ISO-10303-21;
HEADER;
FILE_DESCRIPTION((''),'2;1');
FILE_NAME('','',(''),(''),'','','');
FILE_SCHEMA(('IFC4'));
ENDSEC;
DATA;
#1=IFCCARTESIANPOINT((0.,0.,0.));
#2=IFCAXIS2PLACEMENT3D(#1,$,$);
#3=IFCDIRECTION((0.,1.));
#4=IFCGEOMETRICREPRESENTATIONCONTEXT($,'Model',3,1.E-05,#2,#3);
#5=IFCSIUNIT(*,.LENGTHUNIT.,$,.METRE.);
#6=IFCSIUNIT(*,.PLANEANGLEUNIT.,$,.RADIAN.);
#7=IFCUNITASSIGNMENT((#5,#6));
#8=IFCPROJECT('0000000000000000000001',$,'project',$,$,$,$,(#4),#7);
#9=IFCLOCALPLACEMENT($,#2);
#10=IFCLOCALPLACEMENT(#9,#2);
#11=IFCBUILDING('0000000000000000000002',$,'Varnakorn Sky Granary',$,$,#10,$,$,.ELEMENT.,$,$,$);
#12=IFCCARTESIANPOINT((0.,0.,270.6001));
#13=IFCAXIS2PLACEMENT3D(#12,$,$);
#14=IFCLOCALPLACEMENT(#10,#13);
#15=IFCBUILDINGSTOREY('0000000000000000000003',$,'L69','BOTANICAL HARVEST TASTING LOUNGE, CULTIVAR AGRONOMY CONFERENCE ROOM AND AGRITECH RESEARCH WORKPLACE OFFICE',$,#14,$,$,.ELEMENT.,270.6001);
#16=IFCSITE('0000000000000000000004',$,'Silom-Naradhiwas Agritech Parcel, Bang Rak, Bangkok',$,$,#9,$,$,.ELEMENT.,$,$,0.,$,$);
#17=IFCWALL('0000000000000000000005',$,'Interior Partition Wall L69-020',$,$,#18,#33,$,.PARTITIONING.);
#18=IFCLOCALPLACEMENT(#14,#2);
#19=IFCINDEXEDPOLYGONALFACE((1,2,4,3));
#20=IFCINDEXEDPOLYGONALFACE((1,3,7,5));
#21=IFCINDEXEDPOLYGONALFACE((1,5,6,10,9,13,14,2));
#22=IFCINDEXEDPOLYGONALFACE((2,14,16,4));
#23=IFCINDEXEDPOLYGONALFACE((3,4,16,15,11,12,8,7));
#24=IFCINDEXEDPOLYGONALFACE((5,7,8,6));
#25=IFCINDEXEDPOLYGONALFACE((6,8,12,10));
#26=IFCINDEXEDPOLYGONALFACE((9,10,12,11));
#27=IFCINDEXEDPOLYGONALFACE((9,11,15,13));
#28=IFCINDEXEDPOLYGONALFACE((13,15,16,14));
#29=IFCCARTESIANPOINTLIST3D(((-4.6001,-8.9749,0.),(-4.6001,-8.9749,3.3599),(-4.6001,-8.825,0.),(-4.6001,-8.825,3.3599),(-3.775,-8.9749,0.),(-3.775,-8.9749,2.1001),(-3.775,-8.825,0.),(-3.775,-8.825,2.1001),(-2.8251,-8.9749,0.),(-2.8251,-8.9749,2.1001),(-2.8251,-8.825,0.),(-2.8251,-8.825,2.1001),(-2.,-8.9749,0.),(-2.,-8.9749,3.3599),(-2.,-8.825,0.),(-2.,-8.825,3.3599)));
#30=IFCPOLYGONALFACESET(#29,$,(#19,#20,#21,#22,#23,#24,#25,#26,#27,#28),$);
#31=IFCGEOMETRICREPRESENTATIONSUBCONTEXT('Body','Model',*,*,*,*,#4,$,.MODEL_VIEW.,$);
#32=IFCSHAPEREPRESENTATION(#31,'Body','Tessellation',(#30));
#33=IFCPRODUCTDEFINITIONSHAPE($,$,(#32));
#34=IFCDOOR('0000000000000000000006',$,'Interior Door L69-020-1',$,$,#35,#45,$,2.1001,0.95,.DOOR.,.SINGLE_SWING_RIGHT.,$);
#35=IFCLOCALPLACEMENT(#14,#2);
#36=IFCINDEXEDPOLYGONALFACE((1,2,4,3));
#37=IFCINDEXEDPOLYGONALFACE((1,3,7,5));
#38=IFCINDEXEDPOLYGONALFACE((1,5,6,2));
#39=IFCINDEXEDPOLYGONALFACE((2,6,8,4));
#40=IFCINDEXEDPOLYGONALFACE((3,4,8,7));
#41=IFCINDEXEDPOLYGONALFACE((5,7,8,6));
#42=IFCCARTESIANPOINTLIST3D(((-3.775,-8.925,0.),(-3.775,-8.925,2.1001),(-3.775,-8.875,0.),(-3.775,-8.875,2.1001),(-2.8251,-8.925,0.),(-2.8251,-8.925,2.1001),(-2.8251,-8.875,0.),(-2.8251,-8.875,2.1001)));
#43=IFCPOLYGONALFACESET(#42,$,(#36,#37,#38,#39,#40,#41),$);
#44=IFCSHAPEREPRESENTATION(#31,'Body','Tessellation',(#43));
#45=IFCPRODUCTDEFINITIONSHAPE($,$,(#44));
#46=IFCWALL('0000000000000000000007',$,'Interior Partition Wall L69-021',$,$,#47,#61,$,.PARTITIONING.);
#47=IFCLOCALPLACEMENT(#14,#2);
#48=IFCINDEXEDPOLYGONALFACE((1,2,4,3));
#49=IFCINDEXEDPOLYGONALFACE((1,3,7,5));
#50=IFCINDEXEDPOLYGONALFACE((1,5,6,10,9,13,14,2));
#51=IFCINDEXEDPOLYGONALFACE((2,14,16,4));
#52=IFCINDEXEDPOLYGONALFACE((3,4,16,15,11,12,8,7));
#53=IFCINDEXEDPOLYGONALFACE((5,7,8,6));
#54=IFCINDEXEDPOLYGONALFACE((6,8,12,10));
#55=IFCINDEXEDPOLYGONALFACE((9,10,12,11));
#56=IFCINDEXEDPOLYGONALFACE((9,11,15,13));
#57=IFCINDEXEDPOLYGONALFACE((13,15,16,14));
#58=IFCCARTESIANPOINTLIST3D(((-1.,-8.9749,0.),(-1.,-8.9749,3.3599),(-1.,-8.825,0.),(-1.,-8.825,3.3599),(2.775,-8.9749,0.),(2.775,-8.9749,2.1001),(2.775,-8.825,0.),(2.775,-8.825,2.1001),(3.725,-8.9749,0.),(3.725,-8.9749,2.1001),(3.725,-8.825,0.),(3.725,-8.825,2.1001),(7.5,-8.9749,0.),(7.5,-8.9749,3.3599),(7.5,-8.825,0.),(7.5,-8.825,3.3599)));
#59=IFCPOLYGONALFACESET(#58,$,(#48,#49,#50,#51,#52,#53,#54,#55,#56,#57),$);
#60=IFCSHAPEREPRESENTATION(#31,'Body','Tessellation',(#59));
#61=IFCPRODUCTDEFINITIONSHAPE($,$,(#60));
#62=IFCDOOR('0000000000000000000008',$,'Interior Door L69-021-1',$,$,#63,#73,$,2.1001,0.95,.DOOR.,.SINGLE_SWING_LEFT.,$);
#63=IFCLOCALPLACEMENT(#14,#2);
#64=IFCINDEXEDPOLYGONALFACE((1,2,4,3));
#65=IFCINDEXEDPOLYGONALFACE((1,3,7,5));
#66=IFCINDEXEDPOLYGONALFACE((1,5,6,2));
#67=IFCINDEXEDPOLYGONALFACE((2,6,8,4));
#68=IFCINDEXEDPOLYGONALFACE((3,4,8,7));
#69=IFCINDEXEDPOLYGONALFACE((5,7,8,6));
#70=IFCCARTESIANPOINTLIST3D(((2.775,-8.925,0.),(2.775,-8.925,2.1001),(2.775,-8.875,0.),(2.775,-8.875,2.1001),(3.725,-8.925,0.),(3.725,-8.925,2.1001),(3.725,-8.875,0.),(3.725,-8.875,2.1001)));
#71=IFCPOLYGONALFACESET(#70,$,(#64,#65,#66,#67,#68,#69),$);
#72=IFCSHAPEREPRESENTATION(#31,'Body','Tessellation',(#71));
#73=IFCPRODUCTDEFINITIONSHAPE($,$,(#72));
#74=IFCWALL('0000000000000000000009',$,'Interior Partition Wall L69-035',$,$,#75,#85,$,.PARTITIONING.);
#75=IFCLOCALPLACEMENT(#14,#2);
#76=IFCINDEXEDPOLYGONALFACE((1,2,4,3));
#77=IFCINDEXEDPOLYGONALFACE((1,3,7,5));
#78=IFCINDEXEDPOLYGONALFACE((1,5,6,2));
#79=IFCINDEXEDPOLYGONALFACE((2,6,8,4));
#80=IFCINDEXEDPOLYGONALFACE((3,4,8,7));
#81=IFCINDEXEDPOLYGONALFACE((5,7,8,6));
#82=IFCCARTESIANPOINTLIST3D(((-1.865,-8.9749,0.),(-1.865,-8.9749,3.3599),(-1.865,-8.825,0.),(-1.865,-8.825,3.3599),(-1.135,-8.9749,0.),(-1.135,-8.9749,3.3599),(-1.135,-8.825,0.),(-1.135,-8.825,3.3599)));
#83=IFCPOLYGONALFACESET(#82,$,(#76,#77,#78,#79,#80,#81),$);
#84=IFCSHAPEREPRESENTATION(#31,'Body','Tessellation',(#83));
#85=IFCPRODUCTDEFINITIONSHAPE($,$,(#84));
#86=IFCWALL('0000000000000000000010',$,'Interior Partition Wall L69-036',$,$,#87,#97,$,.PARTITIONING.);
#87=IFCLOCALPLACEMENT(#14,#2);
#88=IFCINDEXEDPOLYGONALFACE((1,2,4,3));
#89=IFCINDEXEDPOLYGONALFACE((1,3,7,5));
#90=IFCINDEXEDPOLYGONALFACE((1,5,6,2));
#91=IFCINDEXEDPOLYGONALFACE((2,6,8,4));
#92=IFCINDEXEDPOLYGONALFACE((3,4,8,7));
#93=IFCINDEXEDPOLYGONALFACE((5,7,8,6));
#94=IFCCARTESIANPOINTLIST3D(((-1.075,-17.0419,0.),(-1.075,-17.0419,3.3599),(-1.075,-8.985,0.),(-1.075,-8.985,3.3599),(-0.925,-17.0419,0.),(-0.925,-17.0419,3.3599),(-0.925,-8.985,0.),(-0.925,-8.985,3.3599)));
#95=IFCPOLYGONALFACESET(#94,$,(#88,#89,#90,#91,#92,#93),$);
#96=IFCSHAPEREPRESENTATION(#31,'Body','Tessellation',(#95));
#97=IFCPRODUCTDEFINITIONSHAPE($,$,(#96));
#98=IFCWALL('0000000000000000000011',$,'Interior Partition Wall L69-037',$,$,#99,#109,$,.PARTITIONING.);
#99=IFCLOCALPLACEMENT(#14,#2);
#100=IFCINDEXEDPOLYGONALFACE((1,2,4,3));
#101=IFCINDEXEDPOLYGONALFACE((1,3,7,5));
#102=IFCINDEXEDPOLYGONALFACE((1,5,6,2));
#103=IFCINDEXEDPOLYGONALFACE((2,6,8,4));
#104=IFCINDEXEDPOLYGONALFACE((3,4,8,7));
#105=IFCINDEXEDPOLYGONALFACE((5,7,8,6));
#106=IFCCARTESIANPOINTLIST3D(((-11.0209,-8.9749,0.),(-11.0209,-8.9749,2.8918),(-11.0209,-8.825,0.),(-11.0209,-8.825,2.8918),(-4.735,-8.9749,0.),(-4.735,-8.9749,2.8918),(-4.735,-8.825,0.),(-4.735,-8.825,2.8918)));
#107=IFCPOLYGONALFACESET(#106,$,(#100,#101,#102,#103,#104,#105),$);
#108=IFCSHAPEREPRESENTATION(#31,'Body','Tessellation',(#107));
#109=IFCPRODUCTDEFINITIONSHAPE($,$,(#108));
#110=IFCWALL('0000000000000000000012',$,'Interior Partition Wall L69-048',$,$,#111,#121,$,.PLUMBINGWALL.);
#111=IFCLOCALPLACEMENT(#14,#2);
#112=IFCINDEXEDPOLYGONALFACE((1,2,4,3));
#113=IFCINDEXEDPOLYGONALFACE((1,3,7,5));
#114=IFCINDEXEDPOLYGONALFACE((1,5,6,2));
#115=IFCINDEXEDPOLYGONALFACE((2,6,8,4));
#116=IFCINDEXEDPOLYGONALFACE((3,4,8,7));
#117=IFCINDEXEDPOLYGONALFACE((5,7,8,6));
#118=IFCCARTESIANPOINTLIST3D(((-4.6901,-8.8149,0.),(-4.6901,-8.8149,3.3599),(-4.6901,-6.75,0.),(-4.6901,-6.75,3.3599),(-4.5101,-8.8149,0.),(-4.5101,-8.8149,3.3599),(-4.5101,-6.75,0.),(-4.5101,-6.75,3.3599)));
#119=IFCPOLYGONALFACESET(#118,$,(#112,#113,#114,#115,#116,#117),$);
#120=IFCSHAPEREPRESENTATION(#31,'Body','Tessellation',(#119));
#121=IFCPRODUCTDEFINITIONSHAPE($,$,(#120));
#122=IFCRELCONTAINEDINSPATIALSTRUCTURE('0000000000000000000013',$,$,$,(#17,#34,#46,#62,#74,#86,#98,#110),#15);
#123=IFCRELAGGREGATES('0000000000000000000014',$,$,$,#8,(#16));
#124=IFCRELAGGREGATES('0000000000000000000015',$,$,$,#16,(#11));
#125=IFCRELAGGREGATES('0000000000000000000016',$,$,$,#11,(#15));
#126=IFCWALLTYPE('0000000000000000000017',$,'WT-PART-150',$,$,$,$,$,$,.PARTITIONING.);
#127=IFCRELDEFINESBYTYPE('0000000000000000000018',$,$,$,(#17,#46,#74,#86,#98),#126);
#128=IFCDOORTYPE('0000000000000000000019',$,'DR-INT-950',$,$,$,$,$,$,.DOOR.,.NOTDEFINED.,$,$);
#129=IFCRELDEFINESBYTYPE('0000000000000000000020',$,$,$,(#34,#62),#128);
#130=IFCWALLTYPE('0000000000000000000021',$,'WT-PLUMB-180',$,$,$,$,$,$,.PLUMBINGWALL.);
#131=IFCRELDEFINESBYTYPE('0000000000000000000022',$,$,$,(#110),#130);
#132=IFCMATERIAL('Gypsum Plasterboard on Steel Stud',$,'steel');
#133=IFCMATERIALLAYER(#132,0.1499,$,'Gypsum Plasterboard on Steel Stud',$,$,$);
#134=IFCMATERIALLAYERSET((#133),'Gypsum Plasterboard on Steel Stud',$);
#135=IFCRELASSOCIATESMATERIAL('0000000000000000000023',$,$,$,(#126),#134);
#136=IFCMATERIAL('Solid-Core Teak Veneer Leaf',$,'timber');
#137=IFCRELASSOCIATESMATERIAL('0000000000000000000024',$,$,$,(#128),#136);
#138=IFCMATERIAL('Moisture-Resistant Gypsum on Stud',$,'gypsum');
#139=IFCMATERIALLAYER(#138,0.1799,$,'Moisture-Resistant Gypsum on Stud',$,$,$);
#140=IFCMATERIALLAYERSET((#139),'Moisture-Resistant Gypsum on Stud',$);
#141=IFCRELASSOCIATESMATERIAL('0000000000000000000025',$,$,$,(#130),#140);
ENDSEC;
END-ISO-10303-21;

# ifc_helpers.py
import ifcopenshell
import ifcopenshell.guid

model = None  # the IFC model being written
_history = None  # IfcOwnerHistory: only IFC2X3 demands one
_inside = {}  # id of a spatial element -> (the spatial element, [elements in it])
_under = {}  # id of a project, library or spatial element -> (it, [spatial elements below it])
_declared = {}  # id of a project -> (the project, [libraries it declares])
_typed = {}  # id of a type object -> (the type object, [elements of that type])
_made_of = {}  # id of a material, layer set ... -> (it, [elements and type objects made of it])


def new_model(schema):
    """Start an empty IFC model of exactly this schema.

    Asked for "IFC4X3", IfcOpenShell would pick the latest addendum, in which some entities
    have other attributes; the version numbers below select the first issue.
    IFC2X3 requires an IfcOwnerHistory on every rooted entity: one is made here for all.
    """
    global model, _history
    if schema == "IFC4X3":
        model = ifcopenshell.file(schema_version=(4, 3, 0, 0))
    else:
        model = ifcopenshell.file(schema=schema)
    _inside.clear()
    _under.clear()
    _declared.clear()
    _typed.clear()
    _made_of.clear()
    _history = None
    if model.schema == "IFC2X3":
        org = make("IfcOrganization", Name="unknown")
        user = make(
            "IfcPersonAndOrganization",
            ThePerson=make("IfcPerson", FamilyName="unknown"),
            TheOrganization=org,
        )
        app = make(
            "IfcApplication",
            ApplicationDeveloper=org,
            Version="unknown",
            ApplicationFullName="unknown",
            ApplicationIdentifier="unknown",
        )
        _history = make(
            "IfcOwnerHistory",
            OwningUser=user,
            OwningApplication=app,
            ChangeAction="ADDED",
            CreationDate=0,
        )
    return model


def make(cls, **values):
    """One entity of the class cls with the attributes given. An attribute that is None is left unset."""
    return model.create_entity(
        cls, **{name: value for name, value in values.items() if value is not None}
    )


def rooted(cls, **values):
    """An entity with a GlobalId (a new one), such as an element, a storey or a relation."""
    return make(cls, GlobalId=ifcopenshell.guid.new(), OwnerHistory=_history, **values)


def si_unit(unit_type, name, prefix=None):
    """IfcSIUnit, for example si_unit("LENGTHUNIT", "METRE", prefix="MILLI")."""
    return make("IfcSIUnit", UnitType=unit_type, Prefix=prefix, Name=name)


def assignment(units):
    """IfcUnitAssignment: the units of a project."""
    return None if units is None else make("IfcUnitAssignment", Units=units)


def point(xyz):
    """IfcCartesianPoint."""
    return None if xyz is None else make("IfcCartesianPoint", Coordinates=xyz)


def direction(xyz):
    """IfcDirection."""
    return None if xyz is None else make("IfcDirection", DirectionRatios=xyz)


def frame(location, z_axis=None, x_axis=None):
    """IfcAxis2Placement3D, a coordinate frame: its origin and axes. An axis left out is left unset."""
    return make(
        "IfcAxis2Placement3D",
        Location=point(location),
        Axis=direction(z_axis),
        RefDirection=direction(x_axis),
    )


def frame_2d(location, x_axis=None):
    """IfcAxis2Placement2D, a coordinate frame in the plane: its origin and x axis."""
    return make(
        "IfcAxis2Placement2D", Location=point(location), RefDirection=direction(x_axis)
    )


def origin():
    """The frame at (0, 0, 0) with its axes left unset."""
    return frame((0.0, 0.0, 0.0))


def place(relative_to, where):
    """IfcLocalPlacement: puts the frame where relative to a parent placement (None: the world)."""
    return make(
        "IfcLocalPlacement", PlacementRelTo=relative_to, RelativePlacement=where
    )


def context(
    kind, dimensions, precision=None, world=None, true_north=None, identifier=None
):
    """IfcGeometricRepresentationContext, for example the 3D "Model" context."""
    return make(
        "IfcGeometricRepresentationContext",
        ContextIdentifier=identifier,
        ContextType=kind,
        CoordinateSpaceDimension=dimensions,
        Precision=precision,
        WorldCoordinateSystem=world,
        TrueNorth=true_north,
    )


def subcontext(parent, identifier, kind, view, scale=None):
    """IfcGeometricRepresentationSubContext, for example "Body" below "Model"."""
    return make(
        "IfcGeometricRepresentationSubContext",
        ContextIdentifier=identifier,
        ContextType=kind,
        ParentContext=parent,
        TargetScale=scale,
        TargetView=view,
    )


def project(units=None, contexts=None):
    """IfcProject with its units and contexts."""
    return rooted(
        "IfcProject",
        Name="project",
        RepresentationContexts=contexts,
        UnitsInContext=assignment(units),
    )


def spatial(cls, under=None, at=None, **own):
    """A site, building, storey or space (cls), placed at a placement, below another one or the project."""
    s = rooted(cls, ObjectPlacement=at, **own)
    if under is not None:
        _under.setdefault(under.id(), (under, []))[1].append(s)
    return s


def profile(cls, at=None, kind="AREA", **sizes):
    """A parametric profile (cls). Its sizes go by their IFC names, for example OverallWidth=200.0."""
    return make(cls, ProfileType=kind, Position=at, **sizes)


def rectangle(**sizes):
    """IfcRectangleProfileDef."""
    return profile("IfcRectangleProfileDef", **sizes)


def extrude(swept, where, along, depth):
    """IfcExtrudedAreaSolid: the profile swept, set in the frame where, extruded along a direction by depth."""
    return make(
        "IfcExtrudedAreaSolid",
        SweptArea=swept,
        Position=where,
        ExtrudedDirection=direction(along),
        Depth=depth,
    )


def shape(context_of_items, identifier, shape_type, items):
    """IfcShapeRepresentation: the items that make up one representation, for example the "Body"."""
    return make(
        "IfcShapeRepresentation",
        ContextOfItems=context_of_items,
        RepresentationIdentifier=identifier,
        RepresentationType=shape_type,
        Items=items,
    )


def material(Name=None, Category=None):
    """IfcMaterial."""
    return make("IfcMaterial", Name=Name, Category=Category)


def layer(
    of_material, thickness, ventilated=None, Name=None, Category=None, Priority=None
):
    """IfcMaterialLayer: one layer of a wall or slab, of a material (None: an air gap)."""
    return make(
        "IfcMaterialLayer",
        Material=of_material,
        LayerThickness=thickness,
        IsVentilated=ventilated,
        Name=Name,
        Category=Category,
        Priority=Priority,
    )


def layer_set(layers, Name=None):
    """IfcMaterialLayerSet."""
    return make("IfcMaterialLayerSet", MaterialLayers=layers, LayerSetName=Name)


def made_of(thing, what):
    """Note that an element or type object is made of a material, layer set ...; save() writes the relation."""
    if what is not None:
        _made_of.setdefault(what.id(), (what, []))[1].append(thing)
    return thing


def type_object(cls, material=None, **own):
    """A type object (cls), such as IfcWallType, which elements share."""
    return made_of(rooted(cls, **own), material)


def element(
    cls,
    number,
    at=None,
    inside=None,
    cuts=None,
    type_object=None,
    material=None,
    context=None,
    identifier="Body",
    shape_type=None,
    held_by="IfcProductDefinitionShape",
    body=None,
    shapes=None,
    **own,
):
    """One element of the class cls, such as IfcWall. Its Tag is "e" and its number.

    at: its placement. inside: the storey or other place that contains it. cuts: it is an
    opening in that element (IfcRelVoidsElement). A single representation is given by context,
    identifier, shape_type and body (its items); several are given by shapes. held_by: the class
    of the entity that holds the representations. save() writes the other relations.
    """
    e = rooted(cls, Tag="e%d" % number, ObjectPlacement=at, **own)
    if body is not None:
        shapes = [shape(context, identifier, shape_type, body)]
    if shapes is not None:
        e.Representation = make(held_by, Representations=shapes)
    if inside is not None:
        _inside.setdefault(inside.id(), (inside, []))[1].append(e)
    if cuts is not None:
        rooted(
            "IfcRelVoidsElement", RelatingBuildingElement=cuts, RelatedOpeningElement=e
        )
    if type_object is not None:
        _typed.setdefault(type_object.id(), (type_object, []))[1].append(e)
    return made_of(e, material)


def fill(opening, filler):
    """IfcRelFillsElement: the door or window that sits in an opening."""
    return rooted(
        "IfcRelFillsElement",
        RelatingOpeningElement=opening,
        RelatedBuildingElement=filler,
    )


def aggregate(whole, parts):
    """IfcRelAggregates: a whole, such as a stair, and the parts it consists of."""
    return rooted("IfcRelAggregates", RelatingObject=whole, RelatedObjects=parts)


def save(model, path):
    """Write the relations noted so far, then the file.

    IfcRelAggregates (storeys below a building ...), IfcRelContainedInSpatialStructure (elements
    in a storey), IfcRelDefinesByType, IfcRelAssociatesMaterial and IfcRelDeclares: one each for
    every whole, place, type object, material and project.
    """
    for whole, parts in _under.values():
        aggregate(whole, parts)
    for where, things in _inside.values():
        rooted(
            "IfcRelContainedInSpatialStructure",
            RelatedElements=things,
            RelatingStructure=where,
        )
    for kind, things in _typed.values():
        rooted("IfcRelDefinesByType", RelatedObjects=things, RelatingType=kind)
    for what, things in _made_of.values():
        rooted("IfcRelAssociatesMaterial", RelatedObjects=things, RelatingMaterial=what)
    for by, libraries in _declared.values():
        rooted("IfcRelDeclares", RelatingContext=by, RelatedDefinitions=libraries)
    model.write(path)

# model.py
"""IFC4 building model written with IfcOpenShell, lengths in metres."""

from ifc_helpers import new_model, si_unit, direction, frame, frame_2d, origin, place, context, subcontext, project, spatial, rectangle, extrude, material, layer, layer_set, type_object, element, fill, save


model = new_model("IFC4")

# Units and contexts
model_context = context("Model", 3, precision=1e-05, world=origin(), true_north=direction((0.0, 1.0)))
body_context = subcontext(model_context, "Body", "Model", "MODEL_VIEW")
ifc_project = project(units=[si_unit("LENGTHUNIT", "METRE"), si_unit("PLANEANGLEUNIT", "RADIAN")], contexts=[model_context])

# Site, building, storey
site_placement = place(None, origin())
site = spatial("IfcSite", under=ifc_project, at=site_placement, Name="Silom-Naradhiwas Agritech Parcel, Bang Rak, Bangkok", CompositionType="ELEMENT", RefElevation=0.0)
building_placement = place(site_placement, origin())
building = spatial("IfcBuilding", under=site, at=building_placement, Name="Varnakorn Sky Granary", CompositionType="ELEMENT")
storey_placement = place(building_placement, frame((0.0, 0.0, 270.6001)))
storey = spatial("IfcBuildingStorey", under=building, at=storey_placement, Name="L69", Description="BOTANICAL HARVEST TASTING LOUNGE, CULTIVAR AGRONOMY CONFERENCE ROOM AND AGRITECH RESEARCH WORKPLACE OFFICE", CompositionType="ELEMENT", Elevation=270.6001)

# Walls, openings, doors
ifc_material_1 = material(Name="Gypsum Plasterboard on Steel Stud", Category="steel")
ifc_layer_1 = layer(ifc_material_1, 0.1499, Name="Gypsum Plasterboard on Steel Stud")
ifc_layer_set_1 = layer_set([ifc_layer_1], Name="Gypsum Plasterboard on Steel Stud")
wall_type_1 = type_object("IfcWallType", Name="WT-PART-150", PredefinedType="PARTITIONING", material=ifc_layer_set_1)
wall_1_placement = place(storey_placement, frame((-4.6001, -8.8999, 0.0), z_axis=(0.0, 0.0, 1.0), x_axis=(1.0, 0.0, 0.0)))
wall_1 = element("IfcWall", 1, at=wall_1_placement, inside=storey, type_object=wall_type_1, Name="Interior Partition Wall L69-020", PredefinedType="PARTITIONING", context=body_context, shape_type="SweptSolid", body=[
    extrude(rectangle(XDim=2.6001, YDim=0.1499, at=frame_2d((1.3, 0.0))), origin(), (0.0, 0.0, 1.0), 3.3599),
])
opening_1_placement = place(wall_1_placement, frame((0.825, 0.0, 0.0)))
opening_1 = element("IfcOpeningElement", 2, at=opening_1_placement, cuts=wall_1, PredefinedType="OPENING", context=body_context, shape_type="SweptSolid", body=[
    extrude(rectangle(XDim=0.95, YDim=2.1001, at=frame_2d((0.4751, 1.05))), frame((0.0, 0.085, 0.0), z_axis=(0.0, -1.0, 0.0), x_axis=(1.0, 0.0, 0.0)), (0.0, 0.0, 1.0), 0.1699),
])
ifc_material_2 = material(Name="Solid-Core Teak Veneer Leaf", Category="timber")
door_type = type_object("IfcDoorType", Name="DR-INT-950", OperationType="NOTDEFINED", PredefinedType="DOOR", material=ifc_material_2)
door_1_placement = place(opening_1_placement, origin())
door_1 = element("IfcDoor", 3, at=door_1_placement, inside=storey, type_object=door_type, Name="Interior Door L69-020-1", OperationType="SINGLE_SWING_RIGHT", OverallHeight=2.1001, OverallWidth=0.95, PredefinedType="DOOR", context=body_context, shape_type="SweptSolid", body=[
    extrude(rectangle(XDim=0.95, YDim=2.1001, at=frame_2d((0.4751, 1.05))), frame((0.0, 0.0249, 0.0), z_axis=(0.0, -1.0, 0.0), x_axis=(1.0, 0.0, 0.0)), (0.0, 0.0, 1.0), 0.05),
])
fill(opening_1, door_1)
wall_2_placement = place(storey_placement, frame((-1.0, -8.8999, 0.0), z_axis=(0.0, 0.0, 1.0), x_axis=(1.0, 0.0, 0.0)))
wall_2 = element("IfcWall", 4, at=wall_2_placement, inside=storey, type_object=wall_type_1, Name="Interior Partition Wall L69-021", PredefinedType="PARTITIONING", context=body_context, shape_type="SweptSolid", body=[
    extrude(rectangle(XDim=8.5, YDim=0.1499, at=frame_2d((4.25, 0.0))), origin(), (0.0, 0.0, 1.0), 3.3599),
])
opening_2_placement = place(wall_2_placement, frame((3.7749, 0.0, 0.0)))
opening_2 = element("IfcOpeningElement", 5, at=opening_2_placement, cuts=wall_2, PredefinedType="OPENING", context=body_context, shape_type="SweptSolid", body=[
    extrude(rectangle(XDim=0.95, YDim=2.1001, at=frame_2d((0.4751, 1.05))), frame((0.0, 0.085, 0.0), z_axis=(0.0, -1.0, 0.0), x_axis=(1.0, 0.0, 0.0)), (0.0, 0.0, 1.0), 0.1699),
])
door_2_placement = place(opening_2_placement, origin())
door_2 = element("IfcDoor", 6, at=door_2_placement, inside=storey, type_object=door_type, Name="Interior Door L69-021-1", OperationType="SINGLE_SWING_LEFT", OverallHeight=2.1001, OverallWidth=0.95, PredefinedType="DOOR", context=body_context, shape_type="SweptSolid", body=[
    extrude(rectangle(XDim=0.95, YDim=2.1001, at=frame_2d((0.4751, 1.05))), frame((0.0, 0.0249, 0.0), z_axis=(0.0, -1.0, 0.0), x_axis=(1.0, 0.0, 0.0)), (0.0, 0.0, 1.0), 0.05),
])
fill(opening_2, door_2)

# Walls
wall_3_placement = place(storey_placement, frame((-1.865, -8.8999, 0.0), z_axis=(0.0, 0.0, 1.0), x_axis=(1.0, 0.0, 0.0)))
element("IfcWall", 7, at=wall_3_placement, inside=storey, type_object=wall_type_1, Name="Interior Partition Wall L69-035", PredefinedType="PARTITIONING", context=body_context, shape_type="SweptSolid", body=[
    extrude(rectangle(XDim=0.73, YDim=0.1499, at=frame_2d((0.365, 0.0))), origin(), (0.0, 0.0, 1.0), 3.3599),
])
wall_4_placement = place(storey_placement, frame((-1.0, -8.9851, 0.0), z_axis=(0.0, 0.0, 1.0), x_axis=(0.0, -1.0, 0.0)))
element("IfcWall", 8, at=wall_4_placement, inside=storey, type_object=wall_type_1, Name="Interior Partition Wall L69-036", PredefinedType="PARTITIONING", context=body_context, shape_type="SweptSolid", body=[
    extrude(rectangle(XDim=8.0569, YDim=0.1499, at=frame_2d((4.0283, 0.0))), origin(), (0.0, 0.0, 1.0), 3.3599),
])
wall_5_placement = place(storey_placement, frame((-11.021, -8.8999, 0.0), z_axis=(0.0, 0.0, 1.0), x_axis=(1.0, 0.0, 0.0)))
element("IfcWall", 9, at=wall_5_placement, inside=storey, type_object=wall_type_1, Name="Interior Partition Wall L69-037", PredefinedType="PARTITIONING", context=body_context, shape_type="SweptSolid", body=[
    extrude(rectangle(XDim=6.2859, YDim=0.1499, at=frame_2d((3.1431, 0.0))), origin(), (0.0, 0.0, 1.0), 2.8918),
])
ifc_material_3 = material(Name="Moisture-Resistant Gypsum on Stud", Category="gypsum")
ifc_layer_2 = layer(ifc_material_3, 0.1799, Name="Moisture-Resistant Gypsum on Stud")
ifc_layer_set_2 = layer_set([ifc_layer_2], Name="Moisture-Resistant Gypsum on Stud")
wall_type_2 = type_object("IfcWallType", Name="WT-PLUMB-180", PredefinedType="PLUMBINGWALL", material=ifc_layer_set_2)
wall_6_placement = place(storey_placement, frame((-4.6001, -6.75, 0.0), z_axis=(0.0, 0.0, 1.0), x_axis=(0.0, -1.0, 0.0)))
element("IfcWall", 10, at=wall_6_placement, inside=storey, type_object=wall_type_2, Name="Interior Partition Wall L69-048", PredefinedType="PLUMBINGWALL", context=body_context, shape_type="SweptSolid", body=[
    extrude(rectangle(XDim=2.0649, YDim=0.1799, at=frame_2d((1.0325, 0.0))), origin(), (0.0, 0.0, 1.0), 3.3599),
])

save(model, "model.ifc")
